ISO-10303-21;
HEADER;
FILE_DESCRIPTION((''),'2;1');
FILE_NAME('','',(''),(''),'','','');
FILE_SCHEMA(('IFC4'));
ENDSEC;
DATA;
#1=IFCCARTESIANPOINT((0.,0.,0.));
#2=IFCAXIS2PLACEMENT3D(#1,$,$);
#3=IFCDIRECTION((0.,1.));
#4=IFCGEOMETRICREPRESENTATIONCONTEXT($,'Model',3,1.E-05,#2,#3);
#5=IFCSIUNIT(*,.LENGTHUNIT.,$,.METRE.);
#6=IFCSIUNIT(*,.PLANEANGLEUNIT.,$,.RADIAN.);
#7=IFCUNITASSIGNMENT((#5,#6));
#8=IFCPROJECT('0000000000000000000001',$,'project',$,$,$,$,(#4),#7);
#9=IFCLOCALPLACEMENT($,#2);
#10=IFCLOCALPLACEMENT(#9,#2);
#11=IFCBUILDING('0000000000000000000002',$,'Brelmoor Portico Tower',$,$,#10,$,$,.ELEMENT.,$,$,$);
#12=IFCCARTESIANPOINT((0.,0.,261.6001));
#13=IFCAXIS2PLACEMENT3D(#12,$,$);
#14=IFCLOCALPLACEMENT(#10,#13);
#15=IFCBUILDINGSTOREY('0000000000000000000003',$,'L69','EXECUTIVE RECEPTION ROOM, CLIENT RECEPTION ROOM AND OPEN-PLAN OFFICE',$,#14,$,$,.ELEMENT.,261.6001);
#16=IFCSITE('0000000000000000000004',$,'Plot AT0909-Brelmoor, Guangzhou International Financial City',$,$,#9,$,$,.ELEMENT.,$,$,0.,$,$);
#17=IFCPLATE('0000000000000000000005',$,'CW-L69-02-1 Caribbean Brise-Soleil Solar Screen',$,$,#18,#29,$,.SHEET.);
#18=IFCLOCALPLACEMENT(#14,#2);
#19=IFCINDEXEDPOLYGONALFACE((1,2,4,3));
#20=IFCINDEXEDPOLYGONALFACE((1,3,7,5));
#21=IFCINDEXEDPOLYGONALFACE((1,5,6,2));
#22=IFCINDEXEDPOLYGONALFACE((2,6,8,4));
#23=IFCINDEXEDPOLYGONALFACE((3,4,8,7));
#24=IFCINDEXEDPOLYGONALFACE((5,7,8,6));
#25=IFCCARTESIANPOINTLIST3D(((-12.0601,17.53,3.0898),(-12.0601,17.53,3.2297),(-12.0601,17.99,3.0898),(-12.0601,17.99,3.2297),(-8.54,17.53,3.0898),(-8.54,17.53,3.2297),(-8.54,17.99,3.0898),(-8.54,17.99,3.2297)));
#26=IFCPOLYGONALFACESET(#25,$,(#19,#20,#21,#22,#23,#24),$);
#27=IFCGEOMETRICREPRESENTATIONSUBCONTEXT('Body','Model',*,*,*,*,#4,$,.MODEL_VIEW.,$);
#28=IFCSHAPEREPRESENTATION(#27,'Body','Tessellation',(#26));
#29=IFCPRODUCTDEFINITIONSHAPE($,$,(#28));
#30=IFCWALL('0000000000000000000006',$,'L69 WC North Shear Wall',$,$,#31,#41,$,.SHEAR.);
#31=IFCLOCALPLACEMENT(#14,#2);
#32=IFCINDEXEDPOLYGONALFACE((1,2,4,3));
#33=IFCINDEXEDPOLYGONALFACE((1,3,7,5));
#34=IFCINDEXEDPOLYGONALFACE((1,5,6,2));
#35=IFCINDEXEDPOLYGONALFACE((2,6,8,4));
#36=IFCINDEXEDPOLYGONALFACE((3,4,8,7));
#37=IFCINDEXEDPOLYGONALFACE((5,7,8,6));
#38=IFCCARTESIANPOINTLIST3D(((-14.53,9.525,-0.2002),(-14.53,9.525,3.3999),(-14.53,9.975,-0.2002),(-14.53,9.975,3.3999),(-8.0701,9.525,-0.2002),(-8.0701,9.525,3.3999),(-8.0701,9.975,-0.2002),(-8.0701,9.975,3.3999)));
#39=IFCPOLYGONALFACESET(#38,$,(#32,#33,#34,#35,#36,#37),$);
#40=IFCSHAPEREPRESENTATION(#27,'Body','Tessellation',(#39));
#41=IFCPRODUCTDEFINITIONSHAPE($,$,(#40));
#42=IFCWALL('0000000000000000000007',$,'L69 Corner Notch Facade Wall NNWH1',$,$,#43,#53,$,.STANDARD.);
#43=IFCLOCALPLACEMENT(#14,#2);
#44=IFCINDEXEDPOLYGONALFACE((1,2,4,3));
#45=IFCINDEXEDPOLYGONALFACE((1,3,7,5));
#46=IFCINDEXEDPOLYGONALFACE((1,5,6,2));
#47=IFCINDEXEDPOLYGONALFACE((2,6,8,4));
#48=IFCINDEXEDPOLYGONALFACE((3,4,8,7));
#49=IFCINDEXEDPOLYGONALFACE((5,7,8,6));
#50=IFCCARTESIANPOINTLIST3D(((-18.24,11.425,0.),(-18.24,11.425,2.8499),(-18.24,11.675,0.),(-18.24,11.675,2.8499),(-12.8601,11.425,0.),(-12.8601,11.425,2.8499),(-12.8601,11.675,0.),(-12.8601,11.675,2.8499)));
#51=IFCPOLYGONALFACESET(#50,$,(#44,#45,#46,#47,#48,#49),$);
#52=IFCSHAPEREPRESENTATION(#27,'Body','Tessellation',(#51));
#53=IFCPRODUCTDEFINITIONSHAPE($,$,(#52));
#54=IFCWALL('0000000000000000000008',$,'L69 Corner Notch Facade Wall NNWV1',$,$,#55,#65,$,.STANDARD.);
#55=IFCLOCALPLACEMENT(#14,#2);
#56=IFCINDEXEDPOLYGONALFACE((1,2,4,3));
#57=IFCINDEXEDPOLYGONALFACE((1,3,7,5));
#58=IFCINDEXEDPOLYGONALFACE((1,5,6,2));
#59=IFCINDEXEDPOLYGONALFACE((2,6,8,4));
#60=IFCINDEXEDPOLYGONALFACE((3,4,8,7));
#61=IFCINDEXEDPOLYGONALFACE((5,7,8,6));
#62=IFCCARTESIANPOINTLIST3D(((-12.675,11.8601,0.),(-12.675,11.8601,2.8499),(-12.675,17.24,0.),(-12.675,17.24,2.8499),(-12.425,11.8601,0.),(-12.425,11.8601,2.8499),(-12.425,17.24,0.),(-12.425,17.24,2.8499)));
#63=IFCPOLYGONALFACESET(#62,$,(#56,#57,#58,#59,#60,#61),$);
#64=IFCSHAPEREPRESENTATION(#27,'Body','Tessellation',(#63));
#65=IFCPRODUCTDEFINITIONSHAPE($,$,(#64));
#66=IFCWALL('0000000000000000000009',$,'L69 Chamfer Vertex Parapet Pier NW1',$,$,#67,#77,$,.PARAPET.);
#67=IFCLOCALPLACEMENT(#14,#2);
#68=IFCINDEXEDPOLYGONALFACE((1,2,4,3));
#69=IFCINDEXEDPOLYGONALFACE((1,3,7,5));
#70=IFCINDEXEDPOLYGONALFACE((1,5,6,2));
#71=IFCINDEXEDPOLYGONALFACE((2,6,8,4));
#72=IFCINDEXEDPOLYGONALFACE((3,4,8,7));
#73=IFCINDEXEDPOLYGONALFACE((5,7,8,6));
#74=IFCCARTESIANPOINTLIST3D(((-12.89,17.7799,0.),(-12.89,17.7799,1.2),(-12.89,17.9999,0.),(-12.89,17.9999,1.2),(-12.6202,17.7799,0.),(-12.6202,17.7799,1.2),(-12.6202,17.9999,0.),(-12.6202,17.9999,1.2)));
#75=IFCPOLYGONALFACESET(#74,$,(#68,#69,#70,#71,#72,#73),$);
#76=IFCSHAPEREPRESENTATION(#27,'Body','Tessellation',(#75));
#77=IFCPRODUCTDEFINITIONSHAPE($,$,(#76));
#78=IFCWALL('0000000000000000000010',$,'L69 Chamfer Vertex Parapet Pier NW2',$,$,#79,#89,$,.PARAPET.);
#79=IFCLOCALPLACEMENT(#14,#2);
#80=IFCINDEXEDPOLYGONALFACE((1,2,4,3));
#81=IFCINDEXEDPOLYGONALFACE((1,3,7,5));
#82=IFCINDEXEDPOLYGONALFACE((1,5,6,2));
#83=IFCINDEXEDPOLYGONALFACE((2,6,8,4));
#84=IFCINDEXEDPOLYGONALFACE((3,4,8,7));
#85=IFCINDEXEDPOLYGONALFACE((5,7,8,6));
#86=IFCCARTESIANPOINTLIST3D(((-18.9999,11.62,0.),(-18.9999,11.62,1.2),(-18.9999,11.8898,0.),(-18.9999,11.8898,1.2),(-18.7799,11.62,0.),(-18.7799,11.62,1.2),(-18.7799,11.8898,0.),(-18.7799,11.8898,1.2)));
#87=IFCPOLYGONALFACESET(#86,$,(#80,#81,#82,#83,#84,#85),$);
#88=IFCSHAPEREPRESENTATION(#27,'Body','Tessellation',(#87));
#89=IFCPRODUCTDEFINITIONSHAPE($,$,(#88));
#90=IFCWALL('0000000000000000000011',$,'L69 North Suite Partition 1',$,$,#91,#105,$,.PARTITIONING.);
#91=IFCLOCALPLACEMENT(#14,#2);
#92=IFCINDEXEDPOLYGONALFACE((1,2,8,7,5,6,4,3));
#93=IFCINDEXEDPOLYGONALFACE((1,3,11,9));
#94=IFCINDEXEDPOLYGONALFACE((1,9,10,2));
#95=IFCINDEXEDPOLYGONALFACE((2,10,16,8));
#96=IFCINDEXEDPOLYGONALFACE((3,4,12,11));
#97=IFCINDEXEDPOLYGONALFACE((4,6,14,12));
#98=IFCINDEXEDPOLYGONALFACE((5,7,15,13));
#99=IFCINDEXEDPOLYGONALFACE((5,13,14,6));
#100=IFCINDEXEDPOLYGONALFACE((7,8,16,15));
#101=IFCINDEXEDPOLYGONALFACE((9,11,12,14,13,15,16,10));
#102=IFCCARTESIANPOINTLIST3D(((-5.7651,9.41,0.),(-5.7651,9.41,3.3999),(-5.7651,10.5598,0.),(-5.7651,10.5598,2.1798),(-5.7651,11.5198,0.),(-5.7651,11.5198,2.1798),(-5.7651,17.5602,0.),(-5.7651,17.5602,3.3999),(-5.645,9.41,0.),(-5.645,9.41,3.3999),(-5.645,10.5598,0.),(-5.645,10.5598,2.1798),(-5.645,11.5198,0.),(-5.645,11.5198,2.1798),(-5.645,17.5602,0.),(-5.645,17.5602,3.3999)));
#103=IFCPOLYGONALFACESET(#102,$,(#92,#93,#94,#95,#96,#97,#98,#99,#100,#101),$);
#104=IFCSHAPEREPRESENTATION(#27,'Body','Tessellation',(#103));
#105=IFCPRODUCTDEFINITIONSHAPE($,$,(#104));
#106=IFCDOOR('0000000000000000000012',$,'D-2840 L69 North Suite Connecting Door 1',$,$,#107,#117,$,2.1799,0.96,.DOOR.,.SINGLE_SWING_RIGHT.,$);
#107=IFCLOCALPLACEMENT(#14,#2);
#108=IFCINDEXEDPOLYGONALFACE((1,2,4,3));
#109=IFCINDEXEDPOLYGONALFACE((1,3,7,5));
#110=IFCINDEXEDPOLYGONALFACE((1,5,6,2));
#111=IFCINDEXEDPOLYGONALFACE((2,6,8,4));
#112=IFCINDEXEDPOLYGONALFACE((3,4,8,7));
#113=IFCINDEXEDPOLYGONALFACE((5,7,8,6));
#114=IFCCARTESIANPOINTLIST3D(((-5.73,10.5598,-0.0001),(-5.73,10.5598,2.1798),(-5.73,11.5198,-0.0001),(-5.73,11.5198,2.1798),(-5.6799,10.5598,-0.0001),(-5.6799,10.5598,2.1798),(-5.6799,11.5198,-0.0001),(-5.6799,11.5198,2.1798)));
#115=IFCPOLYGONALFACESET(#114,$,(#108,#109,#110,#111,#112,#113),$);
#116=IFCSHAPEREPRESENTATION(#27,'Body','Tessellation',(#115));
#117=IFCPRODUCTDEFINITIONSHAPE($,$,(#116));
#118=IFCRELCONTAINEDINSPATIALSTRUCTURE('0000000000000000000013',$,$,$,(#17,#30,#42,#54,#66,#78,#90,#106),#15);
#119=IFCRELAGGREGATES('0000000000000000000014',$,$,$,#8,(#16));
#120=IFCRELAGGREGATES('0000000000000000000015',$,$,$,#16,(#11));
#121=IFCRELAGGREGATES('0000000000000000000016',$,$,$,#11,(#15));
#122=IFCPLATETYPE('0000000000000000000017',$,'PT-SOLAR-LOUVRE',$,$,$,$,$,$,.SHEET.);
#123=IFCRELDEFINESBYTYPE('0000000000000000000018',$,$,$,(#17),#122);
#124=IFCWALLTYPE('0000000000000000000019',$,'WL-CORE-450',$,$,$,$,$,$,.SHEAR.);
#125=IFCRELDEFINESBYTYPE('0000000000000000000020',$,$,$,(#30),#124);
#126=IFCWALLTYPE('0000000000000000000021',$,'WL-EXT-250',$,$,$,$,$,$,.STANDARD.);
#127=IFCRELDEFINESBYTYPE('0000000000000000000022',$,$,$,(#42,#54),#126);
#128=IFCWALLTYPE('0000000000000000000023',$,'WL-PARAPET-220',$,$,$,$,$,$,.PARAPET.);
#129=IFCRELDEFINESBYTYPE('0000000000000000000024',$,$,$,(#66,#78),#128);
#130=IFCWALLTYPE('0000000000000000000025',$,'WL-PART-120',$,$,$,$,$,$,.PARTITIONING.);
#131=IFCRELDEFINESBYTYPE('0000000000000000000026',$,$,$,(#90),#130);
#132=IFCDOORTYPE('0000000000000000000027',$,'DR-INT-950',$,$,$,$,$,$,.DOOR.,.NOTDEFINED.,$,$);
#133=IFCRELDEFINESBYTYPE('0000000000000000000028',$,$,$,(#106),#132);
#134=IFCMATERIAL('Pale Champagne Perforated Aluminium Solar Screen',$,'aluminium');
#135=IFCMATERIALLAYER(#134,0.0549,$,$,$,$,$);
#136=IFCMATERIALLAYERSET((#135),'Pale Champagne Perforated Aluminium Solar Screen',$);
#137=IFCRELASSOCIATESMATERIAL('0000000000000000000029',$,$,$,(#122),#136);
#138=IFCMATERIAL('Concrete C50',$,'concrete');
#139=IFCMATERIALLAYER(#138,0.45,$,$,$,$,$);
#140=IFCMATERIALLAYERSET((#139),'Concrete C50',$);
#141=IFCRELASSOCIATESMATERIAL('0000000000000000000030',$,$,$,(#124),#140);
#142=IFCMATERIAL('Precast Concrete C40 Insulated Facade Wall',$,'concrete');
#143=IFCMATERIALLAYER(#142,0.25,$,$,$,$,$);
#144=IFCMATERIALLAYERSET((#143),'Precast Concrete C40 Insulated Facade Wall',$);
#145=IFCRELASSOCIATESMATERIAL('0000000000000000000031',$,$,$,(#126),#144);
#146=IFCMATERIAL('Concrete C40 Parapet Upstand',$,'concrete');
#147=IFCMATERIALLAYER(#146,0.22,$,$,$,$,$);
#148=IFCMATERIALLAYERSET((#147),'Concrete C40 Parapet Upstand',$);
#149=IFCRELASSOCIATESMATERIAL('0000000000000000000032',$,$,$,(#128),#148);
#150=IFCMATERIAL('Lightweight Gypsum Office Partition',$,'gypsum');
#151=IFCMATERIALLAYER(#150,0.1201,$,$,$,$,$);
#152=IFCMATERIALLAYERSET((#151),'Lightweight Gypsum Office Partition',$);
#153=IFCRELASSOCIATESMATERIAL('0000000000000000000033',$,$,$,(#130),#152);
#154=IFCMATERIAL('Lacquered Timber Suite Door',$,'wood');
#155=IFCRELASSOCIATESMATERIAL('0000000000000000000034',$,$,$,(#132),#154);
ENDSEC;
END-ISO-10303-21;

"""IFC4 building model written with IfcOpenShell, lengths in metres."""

from ifc_helpers import new_model, si_unit, direction, frame, frame_2d, origin, origin_2d, place, context, subcontext, project, spatial, rectangle, extrude, material, layer, layer_set, type_object, element, fill, save


model = new_model("IFC4")

# Units and contexts
model_context = context("Model", 3, precision=1e-05, world=origin(), true_north=direction((0.0, 1.0)))
body_context = subcontext(model_context, "Body", "Model", "MODEL_VIEW")
ifc_project = project(units=[si_unit("LENGTHUNIT", "METRE"), si_unit("PLANEANGLEUNIT", "RADIAN")], contexts=[model_context])

# Site, building, storey
site_placement = place(None, origin())
site = spatial("IfcSite", under=ifc_project, at=site_placement, Name="Plot AT0909-Brelmoor, Guangzhou International Financial City", CompositionType="ELEMENT", RefElevation=0.0)
building_placement = place(site_placement, origin())
building = spatial("IfcBuilding", under=site, at=building_placement, Name="Brelmoor Portico Tower", CompositionType="ELEMENT")
storey_placement = place(building_placement, frame((0.0, 0.0, 261.6001)))
storey = spatial("IfcBuildingStorey", under=building, at=storey_placement, Name="L69", Description="EXECUTIVE RECEPTION ROOM, CLIENT RECEPTION ROOM AND OPEN-PLAN OFFICE", CompositionType="ELEMENT", Elevation=261.6001)

# Plate
ifc_material_1 = material(Name="Pale Champagne Perforated Aluminium Solar Screen", Category="aluminium")
ifc_layer_1 = layer(ifc_material_1, 0.0549)
ifc_layer_set_1 = layer_set([ifc_layer_1], Name="Pale Champagne Perforated Aluminium Solar Screen")
plate_type_1 = type_object("IfcPlateType", Name="PT-SOLAR-LOUVRE", PredefinedType="SHEET", material=ifc_layer_set_1)
plate_1_placement = place(storey_placement, frame((-10.3, 17.76, 3.0898), z_axis=(0.0, 0.0, 1.0), x_axis=(1.0, 0.0, 0.0)))
element("IfcPlate", 1, at=plate_1_placement, inside=storey, type_object=plate_type_1, Name="CW-L69-02-1 Caribbean Brise-Soleil Solar Screen", PredefinedType="SHEET", context=body_context, shape_type="SweptSolid", body=[
    extrude(rectangle(XDim=3.52, YDim=0.46, at=origin_2d()), origin(), (0.0, 0.0, 1.0), 0.1399),
])

# Walls
ifc_material_2 = material(Name="Concrete C50", Category="concrete")
ifc_layer_2 = layer(ifc_material_2, 0.45)
ifc_layer_set_2 = layer_set([ifc_layer_2], Name="Concrete C50")
wall_type_1 = type_object("IfcWallType", Name="WL-CORE-450", PredefinedType="SHEAR", material=ifc_layer_set_2)
wall_1_placement = place(storey_placement, frame((-14.53, 9.75, -0.2002), z_axis=(0.0, 0.0, 1.0), x_axis=(1.0, 0.0, 0.0)))
element("IfcWall", 2, at=wall_1_placement, inside=storey, type_object=wall_type_1, Name="L69 WC North Shear Wall", PredefinedType="SHEAR", context=body_context, shape_type="SweptSolid", body=[
    extrude(rectangle(XDim=6.46, YDim=0.45, at=frame_2d((3.23, 0.0))), origin(), (0.0, 0.0, 1.0), 3.6001),
])
ifc_material_3 = material(Name="Precast Concrete C40 Insulated Facade Wall", Category="concrete")
ifc_layer_3 = layer(ifc_material_3, 0.25)
ifc_layer_set_3 = layer_set([ifc_layer_3], Name="Precast Concrete C40 Insulated Facade Wall")
wall_type_2 = type_object("IfcWallType", Name="WL-EXT-250", PredefinedType="STANDARD", material=ifc_layer_set_3)
for number, where, z_axis, x_axis, name in (
    (3, (-18.24, 11.55, 0.0), (0.0, 0.0, 1.0), (1.0, 0.0, 0.0), "L69 Corner Notch Facade Wall NNWH1"),
    (4, (-12.55, 11.8601, 0.0), (0.0, 0.0, 1.0), (0.0, 1.0, 0.0), "L69 Corner Notch Facade Wall NNWV1"),
):
    element("IfcWall", number, at=place(storey_placement, frame(where, z_axis=z_axis, x_axis=x_axis)), inside=storey, type_object=wall_type_2, Name=name, PredefinedType="STANDARD", context=body_context, shape_type="SweptSolid", body=[
        extrude(rectangle(XDim=5.3799, YDim=0.25, at=frame_2d((2.6899, 0.0))), origin(), (0.0, 0.0, 1.0), 2.8499),
    ])
ifc_material_4 = material(Name="Concrete C40 Parapet Upstand", Category="concrete")
ifc_layer_4 = layer(ifc_material_4, 0.22)
ifc_layer_set_4 = layer_set([ifc_layer_4], Name="Concrete C40 Parapet Upstand")
wall_type_3 = type_object("IfcWallType", Name="WL-PARAPET-220", PredefinedType="PARAPET", material=ifc_layer_set_4)
for number, where, z_axis, x_axis, name in (
    (5, (-12.8899, 17.8899, 0.0), (0.0, 0.0, 1.0), (1.0, 0.0, 0.0), "L69 Chamfer Vertex Parapet Pier NW1"),
    (6, (-18.8899, 11.6201, 0.0), (0.0, 0.0, 1.0), (0.0, 1.0, 0.0), "L69 Chamfer Vertex Parapet Pier NW2"),
):
    element("IfcWall", number, at=place(storey_placement, frame(where, z_axis=z_axis, x_axis=x_axis)), inside=storey, type_object=wall_type_3, Name=name, PredefinedType="PARAPET", context=body_context, shape_type="SweptSolid", body=[
        extrude(rectangle(XDim=0.2698, YDim=0.22, at=frame_2d((0.1348, 0.0))), origin(), (0.0, 0.0, 1.0), 1.2),
    ])

# Wall, opening, door
ifc_material_5 = material(Name="Lightweight Gypsum Office Partition", Category="gypsum")
ifc_layer_5 = layer(ifc_material_5, 0.1201)
ifc_layer_set_5 = layer_set([ifc_layer_5], Name="Lightweight Gypsum Office Partition")
wall_type_4 = type_object("IfcWallType", Name="WL-PART-120", PredefinedType="PARTITIONING", material=ifc_layer_set_5)
wall_2_placement = place(storey_placement, frame((-5.7051, 9.4099, 0.0), z_axis=(0.0, 0.0, 1.0), x_axis=(0.0, 1.0, 0.0)))
wall_2 = element("IfcWall", 7, at=wall_2_placement, inside=storey, type_object=wall_type_4, Name="L69 North Suite Partition 1", PredefinedType="PARTITIONING", context=body_context, shape_type="SweptSolid", body=[
    extrude(rectangle(XDim=8.1501, YDim=0.1201, at=frame_2d((4.0752, 0.0))), origin(), (0.0, 0.0, 1.0), 3.3999),
])
opening_placement = place(wall_2_placement, frame((1.1499, 0.0, 0.0)))
opening = element("IfcOpeningElement", 8, at=opening_placement, cuts=wall_2, PredefinedType="OPENING", context=body_context, shape_type="SweptSolid", body=[
    extrude(rectangle(XDim=0.96, YDim=2.1799, at=frame_2d((0.48, 1.0898))), frame((0.0, 0.0701, 0.0), z_axis=(0.0, -1.0, 0.0), x_axis=(1.0, 0.0, 0.0)), (0.0, 0.0, 1.0), 0.1401),
])
ifc_material_6 = material(Name="Lacquered Timber Suite Door", Category="wood")
door_type = type_object("IfcDoorType", Name="DR-INT-950", OperationType="NOTDEFINED", PredefinedType="DOOR", material=ifc_material_6)
door_placement = place(opening_placement, origin())
door = element("IfcDoor", 9, at=door_placement, inside=storey, type_object=door_type, Name="D-2840 L69 North Suite Connecting Door 1", OperationType="SINGLE_SWING_RIGHT", OverallHeight=2.1799, OverallWidth=0.96, PredefinedType="DOOR", context=body_context, shape_type="SweptSolid", body=[
    extrude(rectangle(XDim=0.96, YDim=2.1799, at=frame_2d((0.48, 1.0898))), frame((0.0, 0.0249, 0.0), z_axis=(0.0, -1.0, 0.0), x_axis=(1.0, 0.0, 0.0)), (0.0, 0.0, 1.0), 0.05),
])
fill(opening, door)

save(model, "model.ifc")
